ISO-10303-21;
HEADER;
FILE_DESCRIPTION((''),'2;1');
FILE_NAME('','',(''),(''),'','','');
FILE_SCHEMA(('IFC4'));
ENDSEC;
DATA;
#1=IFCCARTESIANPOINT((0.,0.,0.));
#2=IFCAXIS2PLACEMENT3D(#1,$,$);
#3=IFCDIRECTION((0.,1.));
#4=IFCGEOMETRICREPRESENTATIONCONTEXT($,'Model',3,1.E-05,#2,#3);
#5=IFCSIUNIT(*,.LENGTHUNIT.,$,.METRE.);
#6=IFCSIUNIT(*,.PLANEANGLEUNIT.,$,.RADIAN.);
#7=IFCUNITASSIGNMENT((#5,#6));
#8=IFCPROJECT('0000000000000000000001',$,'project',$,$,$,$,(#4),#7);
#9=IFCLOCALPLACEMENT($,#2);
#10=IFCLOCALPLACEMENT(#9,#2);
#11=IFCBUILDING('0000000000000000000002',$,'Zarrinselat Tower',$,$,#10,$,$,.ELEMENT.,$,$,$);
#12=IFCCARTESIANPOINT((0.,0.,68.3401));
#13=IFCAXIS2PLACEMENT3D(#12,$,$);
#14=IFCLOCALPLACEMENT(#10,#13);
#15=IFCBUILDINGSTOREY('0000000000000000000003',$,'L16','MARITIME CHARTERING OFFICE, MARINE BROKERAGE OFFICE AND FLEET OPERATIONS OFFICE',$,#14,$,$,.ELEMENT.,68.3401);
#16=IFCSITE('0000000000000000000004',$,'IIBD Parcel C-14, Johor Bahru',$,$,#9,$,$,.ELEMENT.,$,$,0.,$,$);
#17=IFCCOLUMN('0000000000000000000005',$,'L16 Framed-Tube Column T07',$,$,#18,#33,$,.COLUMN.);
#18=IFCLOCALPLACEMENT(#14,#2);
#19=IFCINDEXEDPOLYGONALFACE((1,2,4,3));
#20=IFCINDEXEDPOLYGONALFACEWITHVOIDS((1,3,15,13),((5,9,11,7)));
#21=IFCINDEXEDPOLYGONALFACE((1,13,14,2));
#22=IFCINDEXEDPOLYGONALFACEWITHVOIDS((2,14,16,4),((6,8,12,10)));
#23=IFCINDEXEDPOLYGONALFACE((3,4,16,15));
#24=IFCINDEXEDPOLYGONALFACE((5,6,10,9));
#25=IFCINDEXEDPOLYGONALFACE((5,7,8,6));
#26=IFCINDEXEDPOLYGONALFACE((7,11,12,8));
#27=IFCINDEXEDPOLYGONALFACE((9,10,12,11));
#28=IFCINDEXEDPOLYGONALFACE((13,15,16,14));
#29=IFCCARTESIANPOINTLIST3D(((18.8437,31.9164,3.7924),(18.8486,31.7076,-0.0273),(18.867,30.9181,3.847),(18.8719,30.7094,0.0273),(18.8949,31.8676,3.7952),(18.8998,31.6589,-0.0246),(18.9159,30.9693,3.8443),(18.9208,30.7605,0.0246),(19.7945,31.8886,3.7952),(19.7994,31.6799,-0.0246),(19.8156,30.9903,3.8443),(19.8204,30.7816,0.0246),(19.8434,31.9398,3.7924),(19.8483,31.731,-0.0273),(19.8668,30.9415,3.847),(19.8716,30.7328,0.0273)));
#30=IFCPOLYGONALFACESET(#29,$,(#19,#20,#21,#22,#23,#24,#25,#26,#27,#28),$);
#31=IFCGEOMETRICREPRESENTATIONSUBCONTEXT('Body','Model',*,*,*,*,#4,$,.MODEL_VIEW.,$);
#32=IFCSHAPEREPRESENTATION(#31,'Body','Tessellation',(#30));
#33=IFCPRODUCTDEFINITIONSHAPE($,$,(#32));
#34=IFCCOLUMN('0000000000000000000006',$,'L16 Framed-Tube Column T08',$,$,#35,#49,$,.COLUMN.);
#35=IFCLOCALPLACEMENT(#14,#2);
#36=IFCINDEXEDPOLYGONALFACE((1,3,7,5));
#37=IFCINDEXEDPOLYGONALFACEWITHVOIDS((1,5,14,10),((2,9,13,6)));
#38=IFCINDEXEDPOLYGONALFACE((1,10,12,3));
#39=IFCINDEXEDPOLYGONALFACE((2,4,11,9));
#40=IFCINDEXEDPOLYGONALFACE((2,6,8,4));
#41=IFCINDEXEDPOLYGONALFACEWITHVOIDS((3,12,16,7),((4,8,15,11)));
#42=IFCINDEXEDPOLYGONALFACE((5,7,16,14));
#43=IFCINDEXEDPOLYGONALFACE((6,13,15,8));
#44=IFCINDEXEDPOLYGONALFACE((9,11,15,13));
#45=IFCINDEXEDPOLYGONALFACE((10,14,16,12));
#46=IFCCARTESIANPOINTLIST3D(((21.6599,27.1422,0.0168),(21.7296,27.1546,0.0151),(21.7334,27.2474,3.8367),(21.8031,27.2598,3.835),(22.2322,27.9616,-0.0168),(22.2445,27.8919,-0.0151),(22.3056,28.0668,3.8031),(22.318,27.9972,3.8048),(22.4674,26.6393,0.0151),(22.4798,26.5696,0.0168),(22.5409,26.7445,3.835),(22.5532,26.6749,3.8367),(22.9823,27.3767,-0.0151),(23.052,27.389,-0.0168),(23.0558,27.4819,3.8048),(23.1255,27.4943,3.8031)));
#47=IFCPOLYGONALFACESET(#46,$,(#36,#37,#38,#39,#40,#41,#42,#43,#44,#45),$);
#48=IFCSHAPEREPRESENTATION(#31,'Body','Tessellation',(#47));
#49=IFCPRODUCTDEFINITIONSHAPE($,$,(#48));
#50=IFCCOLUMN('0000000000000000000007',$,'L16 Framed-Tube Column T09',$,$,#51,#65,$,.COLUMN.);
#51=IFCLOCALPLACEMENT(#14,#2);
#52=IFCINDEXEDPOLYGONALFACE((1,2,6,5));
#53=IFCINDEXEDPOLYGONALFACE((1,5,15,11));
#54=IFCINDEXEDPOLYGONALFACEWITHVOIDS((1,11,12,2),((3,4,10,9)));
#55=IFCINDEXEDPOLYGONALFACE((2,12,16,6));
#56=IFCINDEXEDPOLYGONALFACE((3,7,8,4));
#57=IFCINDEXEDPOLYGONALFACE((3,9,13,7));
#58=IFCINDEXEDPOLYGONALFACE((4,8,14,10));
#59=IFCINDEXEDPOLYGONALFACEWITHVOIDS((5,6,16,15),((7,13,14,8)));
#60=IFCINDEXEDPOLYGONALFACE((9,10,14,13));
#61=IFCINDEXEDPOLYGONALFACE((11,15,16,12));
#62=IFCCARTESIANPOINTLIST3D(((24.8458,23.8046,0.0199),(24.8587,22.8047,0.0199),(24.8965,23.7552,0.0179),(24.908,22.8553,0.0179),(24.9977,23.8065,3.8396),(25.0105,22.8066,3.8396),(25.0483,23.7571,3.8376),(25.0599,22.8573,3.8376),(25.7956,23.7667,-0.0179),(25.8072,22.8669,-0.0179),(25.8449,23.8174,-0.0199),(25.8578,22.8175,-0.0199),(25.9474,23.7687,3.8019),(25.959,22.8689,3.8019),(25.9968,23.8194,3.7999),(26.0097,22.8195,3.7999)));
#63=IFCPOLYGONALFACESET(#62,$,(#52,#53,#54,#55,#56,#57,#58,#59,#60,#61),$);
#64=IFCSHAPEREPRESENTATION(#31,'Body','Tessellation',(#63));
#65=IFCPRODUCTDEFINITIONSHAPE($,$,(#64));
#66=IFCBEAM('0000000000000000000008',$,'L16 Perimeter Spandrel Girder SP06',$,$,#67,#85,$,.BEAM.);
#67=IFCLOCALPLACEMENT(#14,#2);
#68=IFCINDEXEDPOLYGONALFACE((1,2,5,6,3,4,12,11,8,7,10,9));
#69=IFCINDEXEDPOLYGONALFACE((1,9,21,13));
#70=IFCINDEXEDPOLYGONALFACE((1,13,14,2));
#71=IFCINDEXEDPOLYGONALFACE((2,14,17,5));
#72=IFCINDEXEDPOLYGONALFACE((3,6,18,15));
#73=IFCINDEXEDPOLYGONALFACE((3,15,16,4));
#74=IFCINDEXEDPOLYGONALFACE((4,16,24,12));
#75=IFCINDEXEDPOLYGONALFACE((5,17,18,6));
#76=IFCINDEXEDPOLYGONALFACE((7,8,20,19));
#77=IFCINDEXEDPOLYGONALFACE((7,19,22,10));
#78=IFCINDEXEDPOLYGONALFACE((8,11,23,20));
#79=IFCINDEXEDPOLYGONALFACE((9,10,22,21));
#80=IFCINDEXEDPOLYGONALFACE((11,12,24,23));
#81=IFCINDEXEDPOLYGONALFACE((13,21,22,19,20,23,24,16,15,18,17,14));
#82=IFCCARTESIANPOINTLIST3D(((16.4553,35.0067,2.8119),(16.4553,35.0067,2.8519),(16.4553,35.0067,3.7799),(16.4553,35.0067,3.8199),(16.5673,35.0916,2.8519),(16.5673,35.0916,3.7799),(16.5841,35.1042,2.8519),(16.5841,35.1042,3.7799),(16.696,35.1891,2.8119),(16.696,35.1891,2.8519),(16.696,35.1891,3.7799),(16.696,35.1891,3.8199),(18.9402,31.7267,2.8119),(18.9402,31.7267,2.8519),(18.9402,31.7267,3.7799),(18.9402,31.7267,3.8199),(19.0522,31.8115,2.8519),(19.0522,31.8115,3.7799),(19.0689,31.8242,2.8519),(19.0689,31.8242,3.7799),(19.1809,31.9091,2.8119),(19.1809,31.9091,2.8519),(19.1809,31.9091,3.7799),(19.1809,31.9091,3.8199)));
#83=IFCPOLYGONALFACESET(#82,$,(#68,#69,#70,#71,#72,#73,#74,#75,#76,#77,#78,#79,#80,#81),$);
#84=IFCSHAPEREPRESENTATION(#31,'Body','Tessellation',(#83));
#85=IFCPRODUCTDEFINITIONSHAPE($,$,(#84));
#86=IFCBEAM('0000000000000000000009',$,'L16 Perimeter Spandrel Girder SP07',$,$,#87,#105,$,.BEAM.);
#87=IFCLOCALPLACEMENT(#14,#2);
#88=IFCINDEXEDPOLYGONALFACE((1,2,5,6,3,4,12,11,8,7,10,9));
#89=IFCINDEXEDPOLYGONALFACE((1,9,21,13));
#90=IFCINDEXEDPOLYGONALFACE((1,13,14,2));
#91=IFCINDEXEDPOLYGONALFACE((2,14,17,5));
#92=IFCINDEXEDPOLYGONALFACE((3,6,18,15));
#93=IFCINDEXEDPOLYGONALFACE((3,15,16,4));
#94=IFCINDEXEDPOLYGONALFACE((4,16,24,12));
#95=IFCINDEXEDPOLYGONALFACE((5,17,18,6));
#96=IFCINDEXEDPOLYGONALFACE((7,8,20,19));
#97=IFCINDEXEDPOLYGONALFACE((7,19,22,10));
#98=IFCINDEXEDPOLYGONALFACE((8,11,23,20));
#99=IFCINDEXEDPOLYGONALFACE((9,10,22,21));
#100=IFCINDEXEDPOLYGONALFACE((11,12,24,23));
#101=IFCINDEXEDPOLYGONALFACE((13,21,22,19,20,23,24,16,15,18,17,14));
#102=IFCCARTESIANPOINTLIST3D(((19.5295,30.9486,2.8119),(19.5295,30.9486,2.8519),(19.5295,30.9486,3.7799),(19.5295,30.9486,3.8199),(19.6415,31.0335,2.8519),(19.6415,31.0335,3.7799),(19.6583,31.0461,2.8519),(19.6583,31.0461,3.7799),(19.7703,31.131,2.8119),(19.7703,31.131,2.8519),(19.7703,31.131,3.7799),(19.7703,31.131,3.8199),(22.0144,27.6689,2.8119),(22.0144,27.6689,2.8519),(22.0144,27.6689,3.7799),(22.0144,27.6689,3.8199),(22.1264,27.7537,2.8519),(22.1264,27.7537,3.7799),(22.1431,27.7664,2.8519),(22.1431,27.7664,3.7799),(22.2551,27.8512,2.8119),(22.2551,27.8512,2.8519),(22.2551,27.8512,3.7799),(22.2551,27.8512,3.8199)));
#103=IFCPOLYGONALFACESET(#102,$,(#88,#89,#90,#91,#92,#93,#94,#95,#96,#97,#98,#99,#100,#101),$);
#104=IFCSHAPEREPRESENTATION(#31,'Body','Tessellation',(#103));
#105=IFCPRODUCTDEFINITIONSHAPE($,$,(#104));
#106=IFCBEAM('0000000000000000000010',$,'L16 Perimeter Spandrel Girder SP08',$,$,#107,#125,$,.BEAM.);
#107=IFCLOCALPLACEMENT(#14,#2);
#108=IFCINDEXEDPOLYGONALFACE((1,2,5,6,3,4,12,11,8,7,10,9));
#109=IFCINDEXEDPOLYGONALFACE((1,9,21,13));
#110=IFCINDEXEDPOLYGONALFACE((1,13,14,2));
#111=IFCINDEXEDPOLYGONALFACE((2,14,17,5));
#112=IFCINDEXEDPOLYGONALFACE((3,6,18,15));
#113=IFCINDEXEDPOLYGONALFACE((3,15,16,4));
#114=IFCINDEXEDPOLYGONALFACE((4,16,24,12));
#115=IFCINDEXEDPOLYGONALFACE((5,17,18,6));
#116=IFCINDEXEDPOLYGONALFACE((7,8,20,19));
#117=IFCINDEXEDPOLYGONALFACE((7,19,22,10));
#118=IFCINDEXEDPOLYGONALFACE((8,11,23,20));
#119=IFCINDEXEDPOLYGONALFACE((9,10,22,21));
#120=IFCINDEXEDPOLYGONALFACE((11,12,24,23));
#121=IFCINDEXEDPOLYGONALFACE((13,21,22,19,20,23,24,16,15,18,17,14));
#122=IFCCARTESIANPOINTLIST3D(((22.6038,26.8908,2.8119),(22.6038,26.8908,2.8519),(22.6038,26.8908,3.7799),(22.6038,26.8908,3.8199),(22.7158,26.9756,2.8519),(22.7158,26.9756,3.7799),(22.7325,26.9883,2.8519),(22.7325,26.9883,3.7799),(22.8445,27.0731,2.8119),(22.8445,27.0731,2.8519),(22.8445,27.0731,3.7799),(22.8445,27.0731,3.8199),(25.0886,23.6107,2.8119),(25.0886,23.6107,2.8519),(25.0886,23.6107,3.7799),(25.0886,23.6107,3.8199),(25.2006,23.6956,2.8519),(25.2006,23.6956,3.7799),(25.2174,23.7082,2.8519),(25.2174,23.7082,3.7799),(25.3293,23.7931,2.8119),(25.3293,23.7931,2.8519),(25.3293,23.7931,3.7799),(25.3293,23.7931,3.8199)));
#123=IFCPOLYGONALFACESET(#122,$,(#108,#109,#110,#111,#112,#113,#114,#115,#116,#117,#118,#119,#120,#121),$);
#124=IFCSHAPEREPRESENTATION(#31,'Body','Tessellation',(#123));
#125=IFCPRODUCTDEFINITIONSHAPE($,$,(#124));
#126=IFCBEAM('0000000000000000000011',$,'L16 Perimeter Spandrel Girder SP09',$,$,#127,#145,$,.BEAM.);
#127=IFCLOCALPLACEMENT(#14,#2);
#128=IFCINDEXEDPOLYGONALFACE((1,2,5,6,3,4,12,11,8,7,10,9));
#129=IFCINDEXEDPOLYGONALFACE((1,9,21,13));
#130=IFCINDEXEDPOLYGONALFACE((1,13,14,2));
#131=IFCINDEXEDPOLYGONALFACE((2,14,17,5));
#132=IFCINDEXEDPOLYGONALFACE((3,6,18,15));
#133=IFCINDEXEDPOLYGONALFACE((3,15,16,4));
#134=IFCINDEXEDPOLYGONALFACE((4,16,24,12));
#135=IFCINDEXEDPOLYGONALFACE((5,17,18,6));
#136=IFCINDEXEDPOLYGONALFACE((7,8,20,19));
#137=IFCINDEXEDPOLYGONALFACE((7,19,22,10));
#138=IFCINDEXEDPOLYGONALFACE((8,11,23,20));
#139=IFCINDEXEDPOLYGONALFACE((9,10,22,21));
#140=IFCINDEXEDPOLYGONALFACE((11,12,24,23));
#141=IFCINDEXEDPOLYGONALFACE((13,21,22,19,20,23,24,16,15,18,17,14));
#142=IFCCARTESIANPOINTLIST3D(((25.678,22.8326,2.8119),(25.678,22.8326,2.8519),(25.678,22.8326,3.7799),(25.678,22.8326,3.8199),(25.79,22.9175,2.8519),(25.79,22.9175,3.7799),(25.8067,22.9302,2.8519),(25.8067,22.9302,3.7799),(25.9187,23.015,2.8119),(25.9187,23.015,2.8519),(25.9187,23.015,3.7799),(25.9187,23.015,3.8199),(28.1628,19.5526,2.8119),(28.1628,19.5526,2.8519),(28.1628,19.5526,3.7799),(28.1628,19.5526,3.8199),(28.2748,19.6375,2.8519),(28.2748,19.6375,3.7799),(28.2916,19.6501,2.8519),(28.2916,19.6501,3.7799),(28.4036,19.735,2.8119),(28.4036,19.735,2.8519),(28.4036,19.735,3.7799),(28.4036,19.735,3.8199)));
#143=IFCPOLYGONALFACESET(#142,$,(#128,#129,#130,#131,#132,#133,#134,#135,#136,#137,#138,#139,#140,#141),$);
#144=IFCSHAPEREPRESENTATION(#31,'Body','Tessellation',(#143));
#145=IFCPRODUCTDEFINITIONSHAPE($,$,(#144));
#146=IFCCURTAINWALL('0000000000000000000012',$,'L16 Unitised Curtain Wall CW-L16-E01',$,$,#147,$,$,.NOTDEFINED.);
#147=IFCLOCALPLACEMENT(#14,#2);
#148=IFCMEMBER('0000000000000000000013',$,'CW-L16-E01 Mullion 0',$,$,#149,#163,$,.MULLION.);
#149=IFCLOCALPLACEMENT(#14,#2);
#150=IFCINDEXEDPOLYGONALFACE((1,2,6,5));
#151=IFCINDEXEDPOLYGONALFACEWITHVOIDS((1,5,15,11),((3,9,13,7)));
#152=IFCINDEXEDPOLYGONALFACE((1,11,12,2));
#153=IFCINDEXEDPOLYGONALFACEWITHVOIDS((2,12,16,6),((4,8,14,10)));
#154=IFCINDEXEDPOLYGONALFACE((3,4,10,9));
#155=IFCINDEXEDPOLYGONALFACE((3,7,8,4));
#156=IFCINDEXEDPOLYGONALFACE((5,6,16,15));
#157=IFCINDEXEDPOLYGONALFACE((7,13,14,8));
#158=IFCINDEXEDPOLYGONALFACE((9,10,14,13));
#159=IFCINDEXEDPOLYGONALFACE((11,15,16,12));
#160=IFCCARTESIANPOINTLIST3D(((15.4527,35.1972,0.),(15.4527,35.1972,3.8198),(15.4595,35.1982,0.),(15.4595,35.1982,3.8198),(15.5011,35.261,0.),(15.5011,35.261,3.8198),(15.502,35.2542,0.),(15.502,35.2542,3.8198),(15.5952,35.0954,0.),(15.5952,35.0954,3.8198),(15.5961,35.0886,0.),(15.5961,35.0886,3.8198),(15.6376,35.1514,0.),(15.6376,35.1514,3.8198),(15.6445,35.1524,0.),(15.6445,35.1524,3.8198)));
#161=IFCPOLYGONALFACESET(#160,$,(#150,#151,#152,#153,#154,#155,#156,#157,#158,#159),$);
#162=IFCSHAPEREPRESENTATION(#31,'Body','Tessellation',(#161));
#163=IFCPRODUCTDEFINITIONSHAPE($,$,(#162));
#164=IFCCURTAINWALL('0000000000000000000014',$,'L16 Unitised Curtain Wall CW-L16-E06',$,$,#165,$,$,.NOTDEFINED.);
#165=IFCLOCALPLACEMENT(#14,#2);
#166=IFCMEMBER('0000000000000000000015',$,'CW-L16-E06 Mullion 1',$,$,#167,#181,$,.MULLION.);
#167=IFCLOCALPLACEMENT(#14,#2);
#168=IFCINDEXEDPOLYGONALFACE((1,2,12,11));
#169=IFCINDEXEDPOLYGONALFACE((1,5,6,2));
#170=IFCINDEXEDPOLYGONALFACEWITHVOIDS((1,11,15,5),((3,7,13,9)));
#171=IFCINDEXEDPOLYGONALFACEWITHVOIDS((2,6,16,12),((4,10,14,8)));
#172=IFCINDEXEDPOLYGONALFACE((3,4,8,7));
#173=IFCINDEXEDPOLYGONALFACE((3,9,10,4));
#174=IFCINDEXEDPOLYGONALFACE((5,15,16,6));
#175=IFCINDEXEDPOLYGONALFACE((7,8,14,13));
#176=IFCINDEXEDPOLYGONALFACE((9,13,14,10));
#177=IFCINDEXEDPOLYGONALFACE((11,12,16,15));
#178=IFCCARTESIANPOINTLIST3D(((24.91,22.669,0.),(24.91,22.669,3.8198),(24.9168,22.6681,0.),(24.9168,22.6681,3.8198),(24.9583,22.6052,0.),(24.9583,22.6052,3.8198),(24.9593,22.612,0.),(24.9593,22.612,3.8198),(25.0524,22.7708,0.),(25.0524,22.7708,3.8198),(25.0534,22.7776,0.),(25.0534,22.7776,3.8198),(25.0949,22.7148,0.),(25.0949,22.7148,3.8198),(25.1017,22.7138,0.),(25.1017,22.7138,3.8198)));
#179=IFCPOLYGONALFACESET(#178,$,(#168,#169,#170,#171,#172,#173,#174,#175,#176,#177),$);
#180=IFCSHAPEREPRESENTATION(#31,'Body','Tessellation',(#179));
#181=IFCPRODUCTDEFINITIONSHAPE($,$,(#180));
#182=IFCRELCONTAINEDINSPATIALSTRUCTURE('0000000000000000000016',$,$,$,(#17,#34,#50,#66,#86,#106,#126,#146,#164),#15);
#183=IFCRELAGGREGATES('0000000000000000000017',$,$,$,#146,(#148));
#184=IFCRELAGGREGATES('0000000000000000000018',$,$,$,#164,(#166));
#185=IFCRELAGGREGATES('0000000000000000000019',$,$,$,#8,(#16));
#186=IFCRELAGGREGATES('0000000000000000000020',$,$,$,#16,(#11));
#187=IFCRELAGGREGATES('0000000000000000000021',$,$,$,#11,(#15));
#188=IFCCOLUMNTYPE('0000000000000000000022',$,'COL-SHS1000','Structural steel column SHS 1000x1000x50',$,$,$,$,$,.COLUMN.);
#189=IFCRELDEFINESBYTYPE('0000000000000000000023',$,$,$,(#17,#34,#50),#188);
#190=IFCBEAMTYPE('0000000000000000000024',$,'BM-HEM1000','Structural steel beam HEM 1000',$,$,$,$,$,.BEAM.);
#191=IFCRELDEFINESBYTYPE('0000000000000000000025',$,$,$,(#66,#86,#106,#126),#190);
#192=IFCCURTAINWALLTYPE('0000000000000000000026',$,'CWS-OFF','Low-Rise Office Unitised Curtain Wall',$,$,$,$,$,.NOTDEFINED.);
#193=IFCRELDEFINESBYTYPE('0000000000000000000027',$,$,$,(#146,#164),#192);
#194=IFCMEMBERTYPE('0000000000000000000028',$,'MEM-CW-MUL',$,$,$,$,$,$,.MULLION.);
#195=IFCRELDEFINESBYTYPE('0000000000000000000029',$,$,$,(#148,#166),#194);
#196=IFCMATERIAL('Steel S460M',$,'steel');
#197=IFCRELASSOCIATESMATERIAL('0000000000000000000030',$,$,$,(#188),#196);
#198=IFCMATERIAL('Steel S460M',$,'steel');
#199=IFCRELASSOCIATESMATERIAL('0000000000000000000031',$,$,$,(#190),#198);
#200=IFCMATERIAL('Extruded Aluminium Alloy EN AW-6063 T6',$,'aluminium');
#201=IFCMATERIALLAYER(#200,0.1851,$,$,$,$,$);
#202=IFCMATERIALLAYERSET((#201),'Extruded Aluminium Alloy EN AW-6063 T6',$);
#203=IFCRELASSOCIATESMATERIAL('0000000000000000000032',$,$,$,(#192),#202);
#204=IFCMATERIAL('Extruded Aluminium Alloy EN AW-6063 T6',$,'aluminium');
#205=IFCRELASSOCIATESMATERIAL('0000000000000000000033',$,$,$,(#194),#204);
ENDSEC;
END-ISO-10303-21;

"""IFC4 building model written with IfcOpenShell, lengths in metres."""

from ifc_helpers import new_model, si_unit, direction, frame, origin, origin_2d, place, context, subcontext, project, spatial, hollow_rectangle, i_section, extrude, material, layer, layer_set, material_profile, profile_set, type_object, element, aggregate, save


model = new_model("IFC4")

# Units and contexts
model_context = context("Model", 3, precision=1e-05, world=origin(), true_north=direction((0.0, 1.0)))
body_context = subcontext(model_context, "Body", "Model", "MODEL_VIEW")
ifc_project = project(units=[si_unit("LENGTHUNIT", "METRE"), si_unit("PLANEANGLEUNIT", "RADIAN")], contexts=[model_context])

# Site, building, storey
site_placement = place(None, origin())
site = spatial("IfcSite", under=ifc_project, at=site_placement, Name="IIBD Parcel C-14, Johor Bahru", CompositionType="ELEMENT", RefElevation=0.0)
building_placement = place(site_placement, origin())
building = spatial("IfcBuilding", under=site, at=building_placement, Name="Zarrinselat Tower", CompositionType="ELEMENT")
storey_placement = place(building_placement, frame((0.0, 0.0, 68.3401)))
storey = spatial("IfcBuildingStorey", under=building, at=storey_placement, Name="L16", Description="MARITIME CHARTERING OFFICE, MARINE BROKERAGE OFFICE AND FLEET OPERATIONS OFFICE", CompositionType="ELEMENT", Elevation=68.3401)

# Columns
ifc_material_1 = material(Name="Steel S460M", Category="steel")
ifc_material_profile_1 = material_profile(ifc_material_1, hollow_rectangle(XDim=1.0, YDim=1.0, WallThickness=0.05, at=origin_2d()), Name="SHS 1000x1000x50")
ifc_profile_set_1 = profile_set([ifc_material_profile_1], Name="Steel S460M")
column_type = type_object("IfcColumnType", Name="COL-SHS1000", Description="Structural steel column SHS 1000x1000x50", PredefinedType="COLUMN", material=ifc_profile_set_1)
column_1_placement = place(storey_placement, frame((19.3601, 31.2202, 0.0), z_axis=(-0.001276, 0.054565, 0.998509), x_axis=(-0.999727, -0.023385, 0.0)))
element("IfcColumn", 1, at=column_1_placement, inside=storey, type_object=column_type, Name="L16 Framed-Tube Column T07", PredefinedType="COLUMN", context=body_context, shape_type="SweptSolid", body=[
    extrude(hollow_rectangle(XDim=1.0, YDim=1.0, WallThickness=0.05, at=origin_2d()), origin(), (0.0, 0.0, 1.0), 3.8254),
])
column_2_placement = place(storey_placement, frame((22.356, 27.2656, 0.0), z_axis=(0.019227, 0.027531, 0.999436), x_axis=(-0.819857, 0.572568, 0.0)))
element("IfcColumn", 2, at=column_2_placement, inside=storey, type_object=column_type, Name="L16 Framed-Tube Column T08", PredefinedType="COLUMN", context=body_context, shape_type="SweptSolid", body=[
    extrude(hollow_rectangle(XDim=1.0, YDim=1.0, WallThickness=0.05, at=origin_2d()), origin(), (0.0, 0.0, 1.0), 3.822),
])
column_3_placement = place(storey_placement, frame((25.3518, 23.311, 0.0), z_axis=(0.039723, 0.000511, 0.999211), x_axis=(-0.012861, 0.999917, 0.0)))
element("IfcColumn", 3, at=column_3_placement, inside=storey, type_object=column_type, Name="L16 Framed-Tube Column T09", PredefinedType="COLUMN", context=body_context, shape_type="SweptSolid", body=[
    extrude(hollow_rectangle(XDim=1.0, YDim=1.0, WallThickness=0.05, at=origin_2d()), origin(), (0.0, 0.0, 1.0), 3.8228),
])

# Beams
ifc_material_2 = material(Name="Steel S460M", Category="steel")
ifc_material_profile_2 = material_profile(ifc_material_2, i_section(OverallWidth=0.302, OverallDepth=1.0081, WebThickness=0.021, FlangeThickness=0.04, at=origin_2d()), Name="HEM 1000")
ifc_profile_set_2 = profile_set([ifc_material_profile_2], Name="Steel S460M")
beam_type = type_object("IfcBeamType", Name="BM-HEM1000", Description="Structural steel beam HEM 1000", PredefinedType="BEAM", material=ifc_profile_set_2)
beam_1_placement = place(storey_placement, frame((16.5757, 35.0979, 3.3159), z_axis=(0.603857, -0.797093, 0.0), x_axis=(0.797093, 0.603857, 0.0)))
element("IfcBeam", 4, at=beam_1_placement, inside=storey, type_object=beam_type, Name="L16 Perimeter Spandrel Girder SP06", PredefinedType="BEAM", context=body_context, shape_type="SweptSolid", body=[
    extrude(i_section(OverallWidth=0.302, OverallDepth=1.0081, WebThickness=0.021, FlangeThickness=0.04, at=origin_2d()), origin(), (0.0, 0.0, 1.0), 4.115),
])
beam_2_placement = place(storey_placement, frame((19.6499, 31.0398, 3.3159), z_axis=(0.603885, -0.797071, 0.0), x_axis=(0.797071, 0.603885, 0.0)))
element("IfcBeam", 5, at=beam_2_placement, inside=storey, type_object=beam_type, Name="L16 Perimeter Spandrel Girder SP07", PredefinedType="BEAM", context=body_context, shape_type="SweptSolid", body=[
    extrude(i_section(OverallWidth=0.302, OverallDepth=1.0081, WebThickness=0.021, FlangeThickness=0.04, at=origin_2d()), origin(), (0.0, 0.0, 1.0), 4.1147),
])
for number, where, z_axis, x_axis, name in (
    (6, (22.7241, 26.9819, 3.3159), (0.603857, -0.797093, 0.0), (0.797093, 0.603857, 0.0), "L16 Perimeter Spandrel Girder SP08"),
    (7, (25.7983, 22.9238, 3.3159), (0.603857, -0.797093, 0.0), (0.797093, 0.603857, 0.0), "L16 Perimeter Spandrel Girder SP09"),
):
    element("IfcBeam", number, at=place(storey_placement, frame(where, z_axis=z_axis, x_axis=x_axis)), inside=storey, type_object=beam_type, Name=name, PredefinedType="BEAM", context=body_context, shape_type="SweptSolid", body=[
        extrude(i_section(OverallWidth=0.302, OverallDepth=1.0081, WebThickness=0.021, FlangeThickness=0.04, at=origin_2d()), origin(), (0.0, 0.0, 1.0), 4.115),
    ])

# Curtain walls, members
ifc_material_3 = material(Name="Extruded Aluminium Alloy EN AW-6063 T6", Category="aluminium")
ifc_layer_1 = layer(ifc_material_3, 0.1851)
ifc_layer_set_1 = layer_set([ifc_layer_1], Name="Extruded Aluminium Alloy EN AW-6063 T6")
curtain_wall_type_1 = type_object("IfcCurtainWallType", Name="CWS-OFF", Description="Low-Rise Office Unitised Curtain Wall", PredefinedType="NOTDEFINED", material=ifc_layer_set_1)
curtain_wall_1_placement = place(storey_placement, origin())
curtain_wall_1 = element("IfcCurtainWall", 8, at=curtain_wall_1_placement, inside=storey, type_object=curtain_wall_type_1, Name="L16 Unitised Curtain Wall CW-L16-E01", PredefinedType="NOTDEFINED")
ifc_material_4 = material(Name="Extruded Aluminium Alloy EN AW-6063 T6", Category="aluminium")
ifc_material_profile_3 = material_profile(ifc_material_4, hollow_rectangle(XDim=0.0801, YDim=0.1799, WallThickness=0.0049, at=origin_2d()), Name="RHS 180x80x5")
ifc_profile_set_3 = profile_set([ifc_material_profile_3], Name="Extruded Aluminium Alloy EN AW-6063 T6")
member_type_1 = type_object("IfcMemberType", Name="MEM-CW-MUL", PredefinedType="MULLION", material=ifc_profile_set_3)
member_1_placement = place(storey_placement, frame((15.5486, 35.1748, 0.0), z_axis=(0.0, 0.0, 1.0), x_axis=(0.603857, 0.797093, 0.0)))
member_1 = element("IfcMember", 9, at=member_1_placement, type_object=member_type_1, Name="CW-L16-E01 Mullion 0", PredefinedType="MULLION", context=body_context, shape_type="SweptSolid", body=[
    extrude(hollow_rectangle(XDim=0.0801, YDim=0.1799, WallThickness=0.0049, at=origin_2d()), origin(), (0.0, 0.0, 1.0), 3.8198),
])
aggregate(curtain_wall_1, [member_1])
curtain_wall_2_placement = place(storey_placement, origin())
curtain_wall_2 = element("IfcCurtainWall", 10, at=curtain_wall_2_placement, inside=storey, type_object=curtain_wall_type_1, Name="L16 Unitised Curtain Wall CW-L16-E06", PredefinedType="NOTDEFINED")
member_2_placement = place(storey_placement, frame((25.0059, 22.6914, 0.0), z_axis=(0.0, 0.0, 1.0), x_axis=(-0.603859, 0.797091, 0.0)))
member_2 = element("IfcMember", 11, at=member_2_placement, type_object=member_type_1, Name="CW-L16-E06 Mullion 1", PredefinedType="MULLION", context=body_context, shape_type="SweptSolid", body=[
    extrude(hollow_rectangle(XDim=0.0801, YDim=0.1799, WallThickness=0.0049, at=origin_2d()), origin(), (0.0, 0.0, 1.0), 3.8198),
])

aggregate(curtain_wall_2, [member_2])

save(model, "model.ifc")
